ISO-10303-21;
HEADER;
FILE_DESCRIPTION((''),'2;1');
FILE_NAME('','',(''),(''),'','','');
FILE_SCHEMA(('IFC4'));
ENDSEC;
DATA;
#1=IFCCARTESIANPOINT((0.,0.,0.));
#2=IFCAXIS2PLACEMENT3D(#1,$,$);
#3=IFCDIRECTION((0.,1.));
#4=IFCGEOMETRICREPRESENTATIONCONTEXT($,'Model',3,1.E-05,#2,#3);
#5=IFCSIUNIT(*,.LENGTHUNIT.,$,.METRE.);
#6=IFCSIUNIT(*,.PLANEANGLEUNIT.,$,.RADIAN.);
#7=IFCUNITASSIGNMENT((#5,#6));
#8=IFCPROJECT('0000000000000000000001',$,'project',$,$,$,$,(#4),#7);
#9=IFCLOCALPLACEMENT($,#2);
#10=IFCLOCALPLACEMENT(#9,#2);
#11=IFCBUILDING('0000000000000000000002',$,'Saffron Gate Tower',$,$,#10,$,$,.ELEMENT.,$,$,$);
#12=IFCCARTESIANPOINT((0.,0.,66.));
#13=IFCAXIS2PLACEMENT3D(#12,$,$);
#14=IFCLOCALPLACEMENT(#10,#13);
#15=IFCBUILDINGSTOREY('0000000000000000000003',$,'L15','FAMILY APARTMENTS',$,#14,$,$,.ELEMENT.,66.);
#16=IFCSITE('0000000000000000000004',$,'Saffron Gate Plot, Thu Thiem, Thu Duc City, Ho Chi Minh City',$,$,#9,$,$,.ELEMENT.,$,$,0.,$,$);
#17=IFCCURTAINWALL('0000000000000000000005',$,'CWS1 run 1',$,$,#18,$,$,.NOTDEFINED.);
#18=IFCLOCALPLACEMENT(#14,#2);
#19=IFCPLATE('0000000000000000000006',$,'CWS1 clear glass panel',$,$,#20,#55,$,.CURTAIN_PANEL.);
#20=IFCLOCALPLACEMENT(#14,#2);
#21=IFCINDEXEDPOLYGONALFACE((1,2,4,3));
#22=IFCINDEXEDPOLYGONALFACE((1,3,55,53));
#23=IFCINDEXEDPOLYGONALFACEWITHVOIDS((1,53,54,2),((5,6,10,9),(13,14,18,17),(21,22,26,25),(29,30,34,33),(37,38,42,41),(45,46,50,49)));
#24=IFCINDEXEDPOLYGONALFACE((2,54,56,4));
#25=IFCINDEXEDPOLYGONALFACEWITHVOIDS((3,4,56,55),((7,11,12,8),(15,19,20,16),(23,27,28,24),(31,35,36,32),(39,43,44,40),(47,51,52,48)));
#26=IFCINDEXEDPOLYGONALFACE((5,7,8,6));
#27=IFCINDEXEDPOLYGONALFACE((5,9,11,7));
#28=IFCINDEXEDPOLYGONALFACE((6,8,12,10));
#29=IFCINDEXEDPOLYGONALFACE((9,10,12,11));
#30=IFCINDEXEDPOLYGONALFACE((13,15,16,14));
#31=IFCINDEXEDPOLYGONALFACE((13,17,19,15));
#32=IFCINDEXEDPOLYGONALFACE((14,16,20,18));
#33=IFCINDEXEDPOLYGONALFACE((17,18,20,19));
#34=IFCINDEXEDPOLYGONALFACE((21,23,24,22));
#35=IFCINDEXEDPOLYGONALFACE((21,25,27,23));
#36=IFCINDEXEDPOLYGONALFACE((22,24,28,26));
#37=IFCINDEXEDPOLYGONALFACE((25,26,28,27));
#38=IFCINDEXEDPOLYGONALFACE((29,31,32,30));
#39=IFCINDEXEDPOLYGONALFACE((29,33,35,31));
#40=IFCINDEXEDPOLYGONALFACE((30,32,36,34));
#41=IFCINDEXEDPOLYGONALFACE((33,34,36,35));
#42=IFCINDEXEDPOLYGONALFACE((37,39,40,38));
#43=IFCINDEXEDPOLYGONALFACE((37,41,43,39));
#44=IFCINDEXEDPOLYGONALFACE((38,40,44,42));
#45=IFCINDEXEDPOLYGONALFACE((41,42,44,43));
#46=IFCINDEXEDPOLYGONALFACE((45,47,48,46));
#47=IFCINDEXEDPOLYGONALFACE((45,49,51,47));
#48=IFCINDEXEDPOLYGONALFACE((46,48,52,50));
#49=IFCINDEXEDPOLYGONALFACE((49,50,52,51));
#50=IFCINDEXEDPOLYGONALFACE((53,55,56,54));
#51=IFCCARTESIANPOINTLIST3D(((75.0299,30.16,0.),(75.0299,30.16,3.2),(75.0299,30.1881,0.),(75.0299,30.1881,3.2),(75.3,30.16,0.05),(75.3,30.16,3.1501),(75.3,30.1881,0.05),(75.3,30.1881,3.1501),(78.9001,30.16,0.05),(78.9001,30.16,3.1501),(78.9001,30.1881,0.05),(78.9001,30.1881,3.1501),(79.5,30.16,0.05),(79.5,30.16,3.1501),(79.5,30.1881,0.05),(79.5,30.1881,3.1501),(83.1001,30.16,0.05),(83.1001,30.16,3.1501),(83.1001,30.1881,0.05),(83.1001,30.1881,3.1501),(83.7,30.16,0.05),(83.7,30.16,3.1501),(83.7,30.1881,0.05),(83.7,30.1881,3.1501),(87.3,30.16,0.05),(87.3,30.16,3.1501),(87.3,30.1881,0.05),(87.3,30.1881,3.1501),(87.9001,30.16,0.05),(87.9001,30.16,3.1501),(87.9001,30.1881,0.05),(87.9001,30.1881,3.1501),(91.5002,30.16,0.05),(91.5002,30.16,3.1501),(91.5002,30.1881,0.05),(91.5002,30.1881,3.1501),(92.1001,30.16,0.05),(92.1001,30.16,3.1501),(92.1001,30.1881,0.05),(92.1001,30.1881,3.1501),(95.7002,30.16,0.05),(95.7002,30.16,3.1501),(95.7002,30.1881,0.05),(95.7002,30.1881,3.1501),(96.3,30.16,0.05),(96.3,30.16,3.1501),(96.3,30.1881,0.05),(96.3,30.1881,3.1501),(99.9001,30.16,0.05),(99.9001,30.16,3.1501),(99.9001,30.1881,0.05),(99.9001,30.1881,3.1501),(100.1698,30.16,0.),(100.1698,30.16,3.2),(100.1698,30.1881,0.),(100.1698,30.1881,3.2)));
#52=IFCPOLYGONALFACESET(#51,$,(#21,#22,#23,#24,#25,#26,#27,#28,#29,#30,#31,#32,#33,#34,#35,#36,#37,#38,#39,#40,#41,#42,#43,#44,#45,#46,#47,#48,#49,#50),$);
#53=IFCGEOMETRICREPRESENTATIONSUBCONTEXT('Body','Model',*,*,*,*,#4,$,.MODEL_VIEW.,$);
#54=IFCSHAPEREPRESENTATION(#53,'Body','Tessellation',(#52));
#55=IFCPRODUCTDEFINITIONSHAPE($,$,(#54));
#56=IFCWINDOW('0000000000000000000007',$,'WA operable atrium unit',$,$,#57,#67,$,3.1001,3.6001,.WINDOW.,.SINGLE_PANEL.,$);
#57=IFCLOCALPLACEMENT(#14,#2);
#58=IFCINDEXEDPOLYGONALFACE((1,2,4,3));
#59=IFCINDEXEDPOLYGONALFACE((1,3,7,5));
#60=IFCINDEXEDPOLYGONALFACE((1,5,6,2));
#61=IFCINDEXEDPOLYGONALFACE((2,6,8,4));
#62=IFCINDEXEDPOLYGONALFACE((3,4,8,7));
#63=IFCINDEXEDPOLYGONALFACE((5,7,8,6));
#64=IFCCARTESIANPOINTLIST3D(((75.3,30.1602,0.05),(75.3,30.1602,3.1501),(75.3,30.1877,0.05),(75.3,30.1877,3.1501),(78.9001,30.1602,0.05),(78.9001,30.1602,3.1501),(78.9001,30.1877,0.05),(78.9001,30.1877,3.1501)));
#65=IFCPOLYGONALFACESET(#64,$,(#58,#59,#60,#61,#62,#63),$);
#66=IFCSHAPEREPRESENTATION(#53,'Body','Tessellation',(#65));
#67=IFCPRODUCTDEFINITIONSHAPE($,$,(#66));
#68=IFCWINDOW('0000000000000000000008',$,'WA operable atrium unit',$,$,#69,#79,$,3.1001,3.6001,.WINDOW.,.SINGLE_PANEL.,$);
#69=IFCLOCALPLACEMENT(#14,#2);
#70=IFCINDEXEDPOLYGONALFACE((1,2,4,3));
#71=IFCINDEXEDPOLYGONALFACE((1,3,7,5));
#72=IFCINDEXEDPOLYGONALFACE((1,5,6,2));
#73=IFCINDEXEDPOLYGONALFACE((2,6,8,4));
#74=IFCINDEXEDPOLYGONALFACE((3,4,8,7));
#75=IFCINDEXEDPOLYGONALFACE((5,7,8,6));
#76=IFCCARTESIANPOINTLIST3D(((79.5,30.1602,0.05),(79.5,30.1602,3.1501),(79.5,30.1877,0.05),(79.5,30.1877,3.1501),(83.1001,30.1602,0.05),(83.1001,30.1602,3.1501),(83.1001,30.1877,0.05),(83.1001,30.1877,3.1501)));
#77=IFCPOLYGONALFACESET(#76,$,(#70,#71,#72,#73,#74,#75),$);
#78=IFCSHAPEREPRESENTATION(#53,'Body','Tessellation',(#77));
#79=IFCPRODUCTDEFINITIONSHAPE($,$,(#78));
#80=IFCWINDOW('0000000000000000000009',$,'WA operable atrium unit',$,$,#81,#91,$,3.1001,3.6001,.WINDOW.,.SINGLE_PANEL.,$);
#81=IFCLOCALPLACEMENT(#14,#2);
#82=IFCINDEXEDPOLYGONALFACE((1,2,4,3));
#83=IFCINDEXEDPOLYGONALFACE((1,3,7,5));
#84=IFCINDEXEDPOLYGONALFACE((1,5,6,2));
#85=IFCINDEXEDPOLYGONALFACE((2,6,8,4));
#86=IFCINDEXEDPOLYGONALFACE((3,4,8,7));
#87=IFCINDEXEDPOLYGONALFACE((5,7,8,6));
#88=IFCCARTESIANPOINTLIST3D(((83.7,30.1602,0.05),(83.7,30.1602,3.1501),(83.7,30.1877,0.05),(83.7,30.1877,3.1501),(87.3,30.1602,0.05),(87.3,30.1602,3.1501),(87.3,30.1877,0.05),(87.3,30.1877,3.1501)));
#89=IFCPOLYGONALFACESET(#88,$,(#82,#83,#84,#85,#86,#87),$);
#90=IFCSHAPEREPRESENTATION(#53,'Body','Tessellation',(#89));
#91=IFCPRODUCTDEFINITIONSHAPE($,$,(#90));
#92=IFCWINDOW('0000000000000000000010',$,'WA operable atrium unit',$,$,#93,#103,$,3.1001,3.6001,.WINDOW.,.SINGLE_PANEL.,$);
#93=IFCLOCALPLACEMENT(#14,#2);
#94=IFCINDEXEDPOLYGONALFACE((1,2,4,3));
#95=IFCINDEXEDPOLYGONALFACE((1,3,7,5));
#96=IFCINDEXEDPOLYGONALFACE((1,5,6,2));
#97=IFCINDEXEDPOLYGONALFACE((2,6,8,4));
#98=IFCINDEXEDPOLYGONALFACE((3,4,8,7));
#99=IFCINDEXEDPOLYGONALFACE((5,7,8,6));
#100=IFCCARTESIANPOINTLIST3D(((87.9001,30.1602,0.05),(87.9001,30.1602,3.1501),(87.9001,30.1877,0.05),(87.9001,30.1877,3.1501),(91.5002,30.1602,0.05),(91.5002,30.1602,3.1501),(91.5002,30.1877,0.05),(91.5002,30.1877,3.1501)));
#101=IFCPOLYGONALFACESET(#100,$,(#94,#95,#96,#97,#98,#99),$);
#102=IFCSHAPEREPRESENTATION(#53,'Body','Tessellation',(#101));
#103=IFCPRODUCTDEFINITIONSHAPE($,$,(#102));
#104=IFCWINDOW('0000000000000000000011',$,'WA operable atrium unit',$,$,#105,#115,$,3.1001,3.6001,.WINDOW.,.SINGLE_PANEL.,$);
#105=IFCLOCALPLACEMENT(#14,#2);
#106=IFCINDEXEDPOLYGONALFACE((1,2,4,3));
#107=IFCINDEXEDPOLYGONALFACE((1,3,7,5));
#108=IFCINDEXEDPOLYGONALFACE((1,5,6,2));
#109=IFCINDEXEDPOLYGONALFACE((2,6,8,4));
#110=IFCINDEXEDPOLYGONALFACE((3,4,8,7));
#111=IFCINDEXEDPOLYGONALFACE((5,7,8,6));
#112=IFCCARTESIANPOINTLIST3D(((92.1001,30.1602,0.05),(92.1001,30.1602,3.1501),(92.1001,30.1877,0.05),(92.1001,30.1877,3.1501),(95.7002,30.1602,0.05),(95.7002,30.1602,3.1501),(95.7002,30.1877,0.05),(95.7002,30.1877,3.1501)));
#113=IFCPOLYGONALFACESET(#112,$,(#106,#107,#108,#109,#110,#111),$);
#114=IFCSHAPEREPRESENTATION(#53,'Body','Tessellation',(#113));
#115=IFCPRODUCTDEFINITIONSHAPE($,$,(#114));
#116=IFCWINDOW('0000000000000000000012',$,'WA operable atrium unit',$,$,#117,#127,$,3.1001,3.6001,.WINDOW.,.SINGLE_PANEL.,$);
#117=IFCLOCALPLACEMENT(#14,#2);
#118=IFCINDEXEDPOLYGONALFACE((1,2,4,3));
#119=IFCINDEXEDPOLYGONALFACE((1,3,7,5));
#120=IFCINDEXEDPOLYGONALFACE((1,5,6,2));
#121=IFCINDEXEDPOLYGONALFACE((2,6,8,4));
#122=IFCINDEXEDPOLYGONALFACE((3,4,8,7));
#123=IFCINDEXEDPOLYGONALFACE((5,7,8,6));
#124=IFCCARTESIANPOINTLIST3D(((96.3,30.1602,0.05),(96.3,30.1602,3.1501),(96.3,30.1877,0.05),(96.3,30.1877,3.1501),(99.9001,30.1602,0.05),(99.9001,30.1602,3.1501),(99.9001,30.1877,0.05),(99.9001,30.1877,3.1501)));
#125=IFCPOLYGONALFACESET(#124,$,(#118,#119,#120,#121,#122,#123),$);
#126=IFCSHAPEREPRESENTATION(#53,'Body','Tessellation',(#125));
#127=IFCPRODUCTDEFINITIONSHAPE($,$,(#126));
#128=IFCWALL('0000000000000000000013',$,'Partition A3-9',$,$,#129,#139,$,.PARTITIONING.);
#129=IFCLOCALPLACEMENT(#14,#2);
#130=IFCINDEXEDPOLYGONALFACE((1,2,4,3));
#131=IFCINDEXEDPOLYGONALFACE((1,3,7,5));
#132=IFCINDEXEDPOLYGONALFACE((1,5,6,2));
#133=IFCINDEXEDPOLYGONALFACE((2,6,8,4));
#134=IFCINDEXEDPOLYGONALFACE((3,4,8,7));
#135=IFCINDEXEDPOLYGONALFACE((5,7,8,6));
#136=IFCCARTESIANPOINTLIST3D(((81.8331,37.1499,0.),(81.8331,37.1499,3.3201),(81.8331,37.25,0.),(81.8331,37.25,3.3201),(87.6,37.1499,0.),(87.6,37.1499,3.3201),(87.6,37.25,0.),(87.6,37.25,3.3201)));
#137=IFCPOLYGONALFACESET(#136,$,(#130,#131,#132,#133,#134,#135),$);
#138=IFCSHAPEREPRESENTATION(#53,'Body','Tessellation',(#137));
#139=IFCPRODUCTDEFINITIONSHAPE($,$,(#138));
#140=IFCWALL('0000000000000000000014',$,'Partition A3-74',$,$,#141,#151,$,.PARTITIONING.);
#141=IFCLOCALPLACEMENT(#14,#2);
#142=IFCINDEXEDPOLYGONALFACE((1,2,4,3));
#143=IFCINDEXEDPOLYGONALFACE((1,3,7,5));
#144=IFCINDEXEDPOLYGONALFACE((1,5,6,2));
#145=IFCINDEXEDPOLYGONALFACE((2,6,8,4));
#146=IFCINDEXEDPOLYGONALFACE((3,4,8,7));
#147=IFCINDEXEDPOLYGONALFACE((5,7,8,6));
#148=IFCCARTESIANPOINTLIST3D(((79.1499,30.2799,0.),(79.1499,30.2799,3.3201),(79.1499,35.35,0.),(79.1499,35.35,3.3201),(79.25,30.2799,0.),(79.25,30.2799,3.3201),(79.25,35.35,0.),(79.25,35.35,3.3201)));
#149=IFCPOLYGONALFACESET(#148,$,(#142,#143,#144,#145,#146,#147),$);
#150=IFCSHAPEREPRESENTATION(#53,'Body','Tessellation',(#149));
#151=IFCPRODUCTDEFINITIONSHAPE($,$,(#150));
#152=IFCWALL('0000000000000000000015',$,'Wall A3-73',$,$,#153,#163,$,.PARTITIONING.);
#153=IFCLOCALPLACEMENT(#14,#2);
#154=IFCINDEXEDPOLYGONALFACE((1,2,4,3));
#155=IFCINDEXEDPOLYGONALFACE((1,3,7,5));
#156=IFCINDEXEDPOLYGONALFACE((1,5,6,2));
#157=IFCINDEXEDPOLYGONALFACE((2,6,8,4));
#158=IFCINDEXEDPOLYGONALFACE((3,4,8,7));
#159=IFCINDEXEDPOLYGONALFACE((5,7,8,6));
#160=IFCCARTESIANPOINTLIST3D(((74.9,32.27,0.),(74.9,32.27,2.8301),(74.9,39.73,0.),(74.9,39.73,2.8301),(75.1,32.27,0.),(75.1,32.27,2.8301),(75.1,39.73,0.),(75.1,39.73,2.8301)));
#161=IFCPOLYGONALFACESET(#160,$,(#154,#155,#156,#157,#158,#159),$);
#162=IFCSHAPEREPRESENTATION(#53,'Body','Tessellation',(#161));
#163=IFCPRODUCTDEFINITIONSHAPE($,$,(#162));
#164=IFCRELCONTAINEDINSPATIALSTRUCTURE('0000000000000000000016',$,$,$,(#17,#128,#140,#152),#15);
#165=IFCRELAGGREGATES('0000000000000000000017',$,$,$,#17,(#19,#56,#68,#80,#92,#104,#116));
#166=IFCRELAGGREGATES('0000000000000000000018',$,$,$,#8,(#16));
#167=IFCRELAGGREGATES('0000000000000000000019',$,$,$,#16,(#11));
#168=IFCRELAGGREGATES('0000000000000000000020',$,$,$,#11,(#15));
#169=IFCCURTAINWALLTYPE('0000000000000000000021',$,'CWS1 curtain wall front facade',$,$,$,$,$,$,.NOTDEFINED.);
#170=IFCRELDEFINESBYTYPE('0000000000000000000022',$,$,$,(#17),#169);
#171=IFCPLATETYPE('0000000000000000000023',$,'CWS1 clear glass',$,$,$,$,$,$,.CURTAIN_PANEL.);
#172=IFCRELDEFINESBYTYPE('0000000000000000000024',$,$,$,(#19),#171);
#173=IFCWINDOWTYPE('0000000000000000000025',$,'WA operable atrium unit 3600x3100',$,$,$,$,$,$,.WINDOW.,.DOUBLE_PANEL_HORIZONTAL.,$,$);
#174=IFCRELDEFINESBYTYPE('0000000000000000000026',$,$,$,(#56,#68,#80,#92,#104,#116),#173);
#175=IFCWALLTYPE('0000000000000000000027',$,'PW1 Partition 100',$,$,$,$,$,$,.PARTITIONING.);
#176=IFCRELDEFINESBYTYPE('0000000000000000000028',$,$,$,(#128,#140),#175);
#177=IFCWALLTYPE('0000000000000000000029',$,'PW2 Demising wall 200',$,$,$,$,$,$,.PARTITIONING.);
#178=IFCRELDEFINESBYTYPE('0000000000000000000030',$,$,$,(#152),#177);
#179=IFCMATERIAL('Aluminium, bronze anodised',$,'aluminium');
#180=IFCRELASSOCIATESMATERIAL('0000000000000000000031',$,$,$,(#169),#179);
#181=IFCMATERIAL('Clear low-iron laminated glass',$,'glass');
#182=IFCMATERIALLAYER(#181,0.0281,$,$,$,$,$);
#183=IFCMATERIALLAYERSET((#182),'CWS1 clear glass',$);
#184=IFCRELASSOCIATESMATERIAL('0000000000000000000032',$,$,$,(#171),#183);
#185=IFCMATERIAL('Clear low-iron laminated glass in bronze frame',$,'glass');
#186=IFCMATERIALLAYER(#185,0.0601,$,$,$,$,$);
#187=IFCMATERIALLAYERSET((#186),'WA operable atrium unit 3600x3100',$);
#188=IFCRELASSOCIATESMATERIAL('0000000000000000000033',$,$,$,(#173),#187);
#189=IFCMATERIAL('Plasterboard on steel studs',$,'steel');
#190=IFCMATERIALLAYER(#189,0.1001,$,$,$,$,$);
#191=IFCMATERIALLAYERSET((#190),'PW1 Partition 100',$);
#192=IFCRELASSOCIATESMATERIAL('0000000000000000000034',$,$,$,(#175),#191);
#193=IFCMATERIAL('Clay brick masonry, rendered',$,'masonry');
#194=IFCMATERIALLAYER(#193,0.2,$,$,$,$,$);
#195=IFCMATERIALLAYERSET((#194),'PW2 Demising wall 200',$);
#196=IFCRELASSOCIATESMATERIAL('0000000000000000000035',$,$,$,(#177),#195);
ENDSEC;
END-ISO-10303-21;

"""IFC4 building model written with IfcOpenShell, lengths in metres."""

from ifc_helpers import new_model, si_unit, direction, frame, frame_2d, origin, place, context, subcontext, project, spatial, rectangle, extrude, material, layer, layer_set, type_object, element, fill, aggregate, save


model = new_model("IFC4")

# Units and contexts
model_context = context("Model", 3, precision=1e-05, world=origin(), true_north=direction((0.0, 1.0)))
body_context = subcontext(model_context, "Body", "Model", "MODEL_VIEW")
ifc_project = project(units=[si_unit("LENGTHUNIT", "METRE"), si_unit("PLANEANGLEUNIT", "RADIAN")], contexts=[model_context])

# Site, building, storey
site_placement = place(None, origin())
site = spatial("IfcSite", under=ifc_project, at=site_placement, Name="Saffron Gate Plot, Thu Thiem, Thu Duc City, Ho Chi Minh City", CompositionType="ELEMENT", RefElevation=0.0)
building_placement = place(site_placement, origin())
building = spatial("IfcBuilding", under=site, at=building_placement, Name="Saffron Gate Tower", CompositionType="ELEMENT")
storey_placement = place(building_placement, frame((0.0, 0.0, 66.0)))
storey = spatial("IfcBuildingStorey", under=building, at=storey_placement, Name="L15", Description="FAMILY APARTMENTS", CompositionType="ELEMENT", Elevation=66.0)

# Curtain wall, plate, openings, windows
ifc_material_1 = material(Name="Aluminium, bronze anodised", Category="aluminium")
curtain_wall_type = type_object("IfcCurtainWallType", Name="CWS1 curtain wall front facade", PredefinedType="NOTDEFINED", material=ifc_material_1)
curtain_wall_placement = place(storey_placement, origin())
curtain_wall = element("IfcCurtainWall", 1, at=curtain_wall_placement, inside=storey, type_object=curtain_wall_type, Name="CWS1 run 1", PredefinedType="NOTDEFINED")
ifc_material_2 = material(Name="Clear low-iron laminated glass", Category="glass")
ifc_layer_1 = layer(ifc_material_2, 0.0281)
ifc_layer_set_1 = layer_set([ifc_layer_1], Name="CWS1 clear glass")
plate_type = type_object("IfcPlateType", Name="CWS1 clear glass", PredefinedType="CURTAIN_PANEL", material=ifc_layer_set_1)
plate_placement = place(storey_placement, frame((75.03, 30.1741, 0.0), z_axis=(0.0, 0.0, 1.0), x_axis=(1.0, 0.0, 0.0)))
plate = element("IfcPlate", 2, at=plate_placement, type_object=plate_type, Name="CWS1 clear glass panel", PredefinedType="CURTAIN_PANEL", context=body_context, shape_type="SweptSolid", body=[
    extrude(rectangle(XDim=25.1399, YDim=0.0281, at=frame_2d((12.5698, 0.0))), origin(), (0.0, 0.0, 1.0), 3.2),
])
opening_1_placement = place(plate_placement, frame((0.27, 0.0, 0.05)))
opening_1 = element("IfcOpeningElement", 3, at=opening_1_placement, cuts=plate, PredefinedType="OPENING", context=body_context, shape_type="SweptSolid", body=[
    extrude(rectangle(XDim=3.6001, YDim=3.1001, at=frame_2d((1.8, 1.55))), frame((0.0, 0.0239, 0.0), z_axis=(0.0, -1.0, 0.0), x_axis=(1.0, 0.0, 0.0)), (0.0, 0.0, 1.0), 0.0481),
])
opening_2_placement = place(plate_placement, frame((4.47, 0.0, 0.05)))
opening_2 = element("IfcOpeningElement", 4, at=opening_2_placement, cuts=plate, PredefinedType="OPENING", context=body_context, shape_type="SweptSolid", body=[
    extrude(rectangle(XDim=3.6001, YDim=3.1001, at=frame_2d((1.8, 1.55))), frame((0.0, 0.0239, 0.0), z_axis=(0.0, -1.0, 0.0), x_axis=(1.0, 0.0, 0.0)), (0.0, 0.0, 1.0), 0.0481),
])
opening_3_placement = place(plate_placement, frame((8.6699, 0.0, 0.05)))
opening_3 = element("IfcOpeningElement", 5, at=opening_3_placement, cuts=plate, PredefinedType="OPENING", context=body_context, shape_type="SweptSolid", body=[
    extrude(rectangle(XDim=3.6001, YDim=3.1001, at=frame_2d((1.8, 1.55))), frame((0.0, 0.0239, 0.0), z_axis=(0.0, -1.0, 0.0), x_axis=(1.0, 0.0, 0.0)), (0.0, 0.0, 1.0), 0.0481),
])
opening_4_placement = place(plate_placement, frame((12.8701, 0.0, 0.05)))
opening_4 = element("IfcOpeningElement", 6, at=opening_4_placement, cuts=plate, PredefinedType="OPENING", context=body_context, shape_type="SweptSolid", body=[
    extrude(rectangle(XDim=3.6001, YDim=3.1001, at=frame_2d((1.8, 1.55))), frame((0.0, 0.0239, 0.0), z_axis=(0.0, -1.0, 0.0), x_axis=(1.0, 0.0, 0.0)), (0.0, 0.0, 1.0), 0.0481),
])
opening_5_placement = place(plate_placement, frame((17.0701, 0.0, 0.05)))
opening_5 = element("IfcOpeningElement", 7, at=opening_5_placement, cuts=plate, PredefinedType="OPENING", context=body_context, shape_type="SweptSolid", body=[
    extrude(rectangle(XDim=3.6001, YDim=3.1001, at=frame_2d((1.8, 1.55))), frame((0.0, 0.0239, 0.0), z_axis=(0.0, -1.0, 0.0), x_axis=(1.0, 0.0, 0.0)), (0.0, 0.0, 1.0), 0.0481),
])
opening_6_placement = place(plate_placement, frame((21.27, 0.0, 0.05)))
opening_6 = element("IfcOpeningElement", 8, at=opening_6_placement, cuts=plate, PredefinedType="OPENING", context=body_context, shape_type="SweptSolid", body=[
    extrude(rectangle(XDim=3.6001, YDim=3.1001, at=frame_2d((1.8, 1.55))), frame((0.0, 0.0239, 0.0), z_axis=(0.0, -1.0, 0.0), x_axis=(1.0, 0.0, 0.0)), (0.0, 0.0, 1.0), 0.0481),
])
ifc_material_3 = material(Name="Clear low-iron laminated glass in bronze frame", Category="glass")
ifc_layer_2 = layer(ifc_material_3, 0.0601)
ifc_layer_set_2 = layer_set([ifc_layer_2], Name="WA operable atrium unit 3600x3100")
window_type = type_object("IfcWindowType", Name="WA operable atrium unit 3600x3100", PartitioningType="DOUBLE_PANEL_HORIZONTAL", PredefinedType="WINDOW", material=ifc_layer_set_2)
window_1_placement = place(opening_1_placement, origin())
window_1 = element("IfcWindow", 9, at=window_1_placement, type_object=window_type, Name="WA operable atrium unit", OverallHeight=3.1001, OverallWidth=3.6001, PartitioningType="SINGLE_PANEL", PredefinedType="WINDOW", context=body_context, shape_type="SweptSolid", body=[
    extrude(rectangle(XDim=3.6001, YDim=3.1001, at=frame_2d((1.8, 1.55))), frame((0.0, 0.0137, 0.0), z_axis=(0.0, -1.0, 0.0), x_axis=(1.0, 0.0, 0.0)), (0.0, 0.0, 1.0), 0.0276),
])
fill(opening_1, window_1)
window_2_placement = place(opening_2_placement, origin())
window_2 = element("IfcWindow", 10, at=window_2_placement, type_object=window_type, Name="WA operable atrium unit", OverallHeight=3.1001, OverallWidth=3.6001, PartitioningType="SINGLE_PANEL", PredefinedType="WINDOW", context=body_context, shape_type="SweptSolid", body=[
    extrude(rectangle(XDim=3.6001, YDim=3.1001, at=frame_2d((1.8, 1.55))), frame((0.0, 0.0137, 0.0), z_axis=(0.0, -1.0, 0.0), x_axis=(1.0, 0.0, 0.0)), (0.0, 0.0, 1.0), 0.0276),
])
fill(opening_2, window_2)
window_3_placement = place(opening_3_placement, origin())
window_3 = element("IfcWindow", 11, at=window_3_placement, type_object=window_type, Name="WA operable atrium unit", OverallHeight=3.1001, OverallWidth=3.6001, PartitioningType="SINGLE_PANEL", PredefinedType="WINDOW", context=body_context, shape_type="SweptSolid", body=[
    extrude(rectangle(XDim=3.6001, YDim=3.1001, at=frame_2d((1.8, 1.55))), frame((0.0, 0.0137, 0.0), z_axis=(0.0, -1.0, 0.0), x_axis=(1.0, 0.0, 0.0)), (0.0, 0.0, 1.0), 0.0276),
])
fill(opening_3, window_3)
window_4_placement = place(opening_4_placement, origin())
window_4 = element("IfcWindow", 12, at=window_4_placement, type_object=window_type, Name="WA operable atrium unit", OverallHeight=3.1001, OverallWidth=3.6001, PartitioningType="SINGLE_PANEL", PredefinedType="WINDOW", context=body_context, shape_type="SweptSolid", body=[
    extrude(rectangle(XDim=3.6001, YDim=3.1001, at=frame_2d((1.8, 1.55))), frame((0.0, 0.0137, 0.0), z_axis=(0.0, -1.0, 0.0), x_axis=(1.0, 0.0, 0.0)), (0.0, 0.0, 1.0), 0.0276),
])
fill(opening_4, window_4)
window_5_placement = place(opening_5_placement, origin())
window_5 = element("IfcWindow", 13, at=window_5_placement, type_object=window_type, Name="WA operable atrium unit", OverallHeight=3.1001, OverallWidth=3.6001, PartitioningType="SINGLE_PANEL", PredefinedType="WINDOW", context=body_context, shape_type="SweptSolid", body=[
    extrude(rectangle(XDim=3.6001, YDim=3.1001, at=frame_2d((1.8, 1.55))), frame((0.0, 0.0137, 0.0), z_axis=(0.0, -1.0, 0.0), x_axis=(1.0, 0.0, 0.0)), (0.0, 0.0, 1.0), 0.0276),
])
fill(opening_5, window_5)
window_6_placement = place(opening_6_placement, origin())
window_6 = element("IfcWindow", 14, at=window_6_placement, type_object=window_type, Name="WA operable atrium unit", OverallHeight=3.1001, OverallWidth=3.6001, PartitioningType="SINGLE_PANEL", PredefinedType="WINDOW", context=body_context, shape_type="SweptSolid", body=[
    extrude(rectangle(XDim=3.6001, YDim=3.1001, at=frame_2d((1.8, 1.55))), frame((0.0, 0.0137, 0.0), z_axis=(0.0, -1.0, 0.0), x_axis=(1.0, 0.0, 0.0)), (0.0, 0.0, 1.0), 0.0276),
])
fill(opening_6, window_6)
aggregate(curtain_wall, [plate, window_1, window_2, window_3, window_4, window_5, window_6])

# Walls
ifc_material_4 = material(Name="Plasterboard on steel studs", Category="steel")
ifc_layer_3 = layer(ifc_material_4, 0.1001)
ifc_layer_set_3 = layer_set([ifc_layer_3], Name="PW1 Partition 100")
wall_type_1 = type_object("IfcWallType", Name="PW1 Partition 100", PredefinedType="PARTITIONING", material=ifc_layer_set_3)
wall_1_placement = place(storey_placement, frame((81.8333, 37.2, 0.0), z_axis=(0.0, 0.0, 1.0), x_axis=(1.0, 0.0, 0.0)))
element("IfcWall", 15, at=wall_1_placement, inside=storey, type_object=wall_type_1, Name="Partition A3-9", PredefinedType="PARTITIONING", context=body_context, shape_type="SweptSolid", body=[
    extrude(rectangle(XDim=5.7668, YDim=0.1001, at=frame_2d((2.8833, 0.0))), origin(), (0.0, 0.0, 1.0), 3.3201),
])
wall_2_placement = place(storey_placement, frame((79.2, 35.3501, 0.0), z_axis=(0.0, 0.0, 1.0), x_axis=(0.0, -1.0, 0.0)))
element("IfcWall", 16, at=wall_2_placement, inside=storey, type_object=wall_type_1, Name="Partition A3-74", PredefinedType="PARTITIONING", context=body_context, shape_type="SweptSolid", body=[
    extrude(rectangle(XDim=5.0701, YDim=0.1001, at=frame_2d((2.5352, 0.0))), origin(), (0.0, 0.0, 1.0), 3.3201),
])
ifc_material_5 = material(Name="Clay brick masonry, rendered", Category="masonry")
ifc_layer_4 = layer(ifc_material_5, 0.2)
ifc_layer_set_4 = layer_set([ifc_layer_4], Name="PW2 Demising wall 200")
wall_type_2 = type_object("IfcWallType", Name="PW2 Demising wall 200", PredefinedType="PARTITIONING", material=ifc_layer_set_4)
wall_3_placement = place(storey_placement, frame((75.0, 39.73, 0.0), z_axis=(0.0, 0.0, 1.0), x_axis=(0.0, -1.0, 0.0)))
element("IfcWall", 17, at=wall_3_placement, inside=storey, type_object=wall_type_2, Name="Wall A3-73", PredefinedType="PARTITIONING", context=body_context, shape_type="SweptSolid", body=[
    extrude(rectangle(XDim=7.46, YDim=0.2, at=frame_2d((3.73, 0.0))), origin(), (0.0, 0.0, 1.0), 2.8301),
])

save(model, "model.ifc")
